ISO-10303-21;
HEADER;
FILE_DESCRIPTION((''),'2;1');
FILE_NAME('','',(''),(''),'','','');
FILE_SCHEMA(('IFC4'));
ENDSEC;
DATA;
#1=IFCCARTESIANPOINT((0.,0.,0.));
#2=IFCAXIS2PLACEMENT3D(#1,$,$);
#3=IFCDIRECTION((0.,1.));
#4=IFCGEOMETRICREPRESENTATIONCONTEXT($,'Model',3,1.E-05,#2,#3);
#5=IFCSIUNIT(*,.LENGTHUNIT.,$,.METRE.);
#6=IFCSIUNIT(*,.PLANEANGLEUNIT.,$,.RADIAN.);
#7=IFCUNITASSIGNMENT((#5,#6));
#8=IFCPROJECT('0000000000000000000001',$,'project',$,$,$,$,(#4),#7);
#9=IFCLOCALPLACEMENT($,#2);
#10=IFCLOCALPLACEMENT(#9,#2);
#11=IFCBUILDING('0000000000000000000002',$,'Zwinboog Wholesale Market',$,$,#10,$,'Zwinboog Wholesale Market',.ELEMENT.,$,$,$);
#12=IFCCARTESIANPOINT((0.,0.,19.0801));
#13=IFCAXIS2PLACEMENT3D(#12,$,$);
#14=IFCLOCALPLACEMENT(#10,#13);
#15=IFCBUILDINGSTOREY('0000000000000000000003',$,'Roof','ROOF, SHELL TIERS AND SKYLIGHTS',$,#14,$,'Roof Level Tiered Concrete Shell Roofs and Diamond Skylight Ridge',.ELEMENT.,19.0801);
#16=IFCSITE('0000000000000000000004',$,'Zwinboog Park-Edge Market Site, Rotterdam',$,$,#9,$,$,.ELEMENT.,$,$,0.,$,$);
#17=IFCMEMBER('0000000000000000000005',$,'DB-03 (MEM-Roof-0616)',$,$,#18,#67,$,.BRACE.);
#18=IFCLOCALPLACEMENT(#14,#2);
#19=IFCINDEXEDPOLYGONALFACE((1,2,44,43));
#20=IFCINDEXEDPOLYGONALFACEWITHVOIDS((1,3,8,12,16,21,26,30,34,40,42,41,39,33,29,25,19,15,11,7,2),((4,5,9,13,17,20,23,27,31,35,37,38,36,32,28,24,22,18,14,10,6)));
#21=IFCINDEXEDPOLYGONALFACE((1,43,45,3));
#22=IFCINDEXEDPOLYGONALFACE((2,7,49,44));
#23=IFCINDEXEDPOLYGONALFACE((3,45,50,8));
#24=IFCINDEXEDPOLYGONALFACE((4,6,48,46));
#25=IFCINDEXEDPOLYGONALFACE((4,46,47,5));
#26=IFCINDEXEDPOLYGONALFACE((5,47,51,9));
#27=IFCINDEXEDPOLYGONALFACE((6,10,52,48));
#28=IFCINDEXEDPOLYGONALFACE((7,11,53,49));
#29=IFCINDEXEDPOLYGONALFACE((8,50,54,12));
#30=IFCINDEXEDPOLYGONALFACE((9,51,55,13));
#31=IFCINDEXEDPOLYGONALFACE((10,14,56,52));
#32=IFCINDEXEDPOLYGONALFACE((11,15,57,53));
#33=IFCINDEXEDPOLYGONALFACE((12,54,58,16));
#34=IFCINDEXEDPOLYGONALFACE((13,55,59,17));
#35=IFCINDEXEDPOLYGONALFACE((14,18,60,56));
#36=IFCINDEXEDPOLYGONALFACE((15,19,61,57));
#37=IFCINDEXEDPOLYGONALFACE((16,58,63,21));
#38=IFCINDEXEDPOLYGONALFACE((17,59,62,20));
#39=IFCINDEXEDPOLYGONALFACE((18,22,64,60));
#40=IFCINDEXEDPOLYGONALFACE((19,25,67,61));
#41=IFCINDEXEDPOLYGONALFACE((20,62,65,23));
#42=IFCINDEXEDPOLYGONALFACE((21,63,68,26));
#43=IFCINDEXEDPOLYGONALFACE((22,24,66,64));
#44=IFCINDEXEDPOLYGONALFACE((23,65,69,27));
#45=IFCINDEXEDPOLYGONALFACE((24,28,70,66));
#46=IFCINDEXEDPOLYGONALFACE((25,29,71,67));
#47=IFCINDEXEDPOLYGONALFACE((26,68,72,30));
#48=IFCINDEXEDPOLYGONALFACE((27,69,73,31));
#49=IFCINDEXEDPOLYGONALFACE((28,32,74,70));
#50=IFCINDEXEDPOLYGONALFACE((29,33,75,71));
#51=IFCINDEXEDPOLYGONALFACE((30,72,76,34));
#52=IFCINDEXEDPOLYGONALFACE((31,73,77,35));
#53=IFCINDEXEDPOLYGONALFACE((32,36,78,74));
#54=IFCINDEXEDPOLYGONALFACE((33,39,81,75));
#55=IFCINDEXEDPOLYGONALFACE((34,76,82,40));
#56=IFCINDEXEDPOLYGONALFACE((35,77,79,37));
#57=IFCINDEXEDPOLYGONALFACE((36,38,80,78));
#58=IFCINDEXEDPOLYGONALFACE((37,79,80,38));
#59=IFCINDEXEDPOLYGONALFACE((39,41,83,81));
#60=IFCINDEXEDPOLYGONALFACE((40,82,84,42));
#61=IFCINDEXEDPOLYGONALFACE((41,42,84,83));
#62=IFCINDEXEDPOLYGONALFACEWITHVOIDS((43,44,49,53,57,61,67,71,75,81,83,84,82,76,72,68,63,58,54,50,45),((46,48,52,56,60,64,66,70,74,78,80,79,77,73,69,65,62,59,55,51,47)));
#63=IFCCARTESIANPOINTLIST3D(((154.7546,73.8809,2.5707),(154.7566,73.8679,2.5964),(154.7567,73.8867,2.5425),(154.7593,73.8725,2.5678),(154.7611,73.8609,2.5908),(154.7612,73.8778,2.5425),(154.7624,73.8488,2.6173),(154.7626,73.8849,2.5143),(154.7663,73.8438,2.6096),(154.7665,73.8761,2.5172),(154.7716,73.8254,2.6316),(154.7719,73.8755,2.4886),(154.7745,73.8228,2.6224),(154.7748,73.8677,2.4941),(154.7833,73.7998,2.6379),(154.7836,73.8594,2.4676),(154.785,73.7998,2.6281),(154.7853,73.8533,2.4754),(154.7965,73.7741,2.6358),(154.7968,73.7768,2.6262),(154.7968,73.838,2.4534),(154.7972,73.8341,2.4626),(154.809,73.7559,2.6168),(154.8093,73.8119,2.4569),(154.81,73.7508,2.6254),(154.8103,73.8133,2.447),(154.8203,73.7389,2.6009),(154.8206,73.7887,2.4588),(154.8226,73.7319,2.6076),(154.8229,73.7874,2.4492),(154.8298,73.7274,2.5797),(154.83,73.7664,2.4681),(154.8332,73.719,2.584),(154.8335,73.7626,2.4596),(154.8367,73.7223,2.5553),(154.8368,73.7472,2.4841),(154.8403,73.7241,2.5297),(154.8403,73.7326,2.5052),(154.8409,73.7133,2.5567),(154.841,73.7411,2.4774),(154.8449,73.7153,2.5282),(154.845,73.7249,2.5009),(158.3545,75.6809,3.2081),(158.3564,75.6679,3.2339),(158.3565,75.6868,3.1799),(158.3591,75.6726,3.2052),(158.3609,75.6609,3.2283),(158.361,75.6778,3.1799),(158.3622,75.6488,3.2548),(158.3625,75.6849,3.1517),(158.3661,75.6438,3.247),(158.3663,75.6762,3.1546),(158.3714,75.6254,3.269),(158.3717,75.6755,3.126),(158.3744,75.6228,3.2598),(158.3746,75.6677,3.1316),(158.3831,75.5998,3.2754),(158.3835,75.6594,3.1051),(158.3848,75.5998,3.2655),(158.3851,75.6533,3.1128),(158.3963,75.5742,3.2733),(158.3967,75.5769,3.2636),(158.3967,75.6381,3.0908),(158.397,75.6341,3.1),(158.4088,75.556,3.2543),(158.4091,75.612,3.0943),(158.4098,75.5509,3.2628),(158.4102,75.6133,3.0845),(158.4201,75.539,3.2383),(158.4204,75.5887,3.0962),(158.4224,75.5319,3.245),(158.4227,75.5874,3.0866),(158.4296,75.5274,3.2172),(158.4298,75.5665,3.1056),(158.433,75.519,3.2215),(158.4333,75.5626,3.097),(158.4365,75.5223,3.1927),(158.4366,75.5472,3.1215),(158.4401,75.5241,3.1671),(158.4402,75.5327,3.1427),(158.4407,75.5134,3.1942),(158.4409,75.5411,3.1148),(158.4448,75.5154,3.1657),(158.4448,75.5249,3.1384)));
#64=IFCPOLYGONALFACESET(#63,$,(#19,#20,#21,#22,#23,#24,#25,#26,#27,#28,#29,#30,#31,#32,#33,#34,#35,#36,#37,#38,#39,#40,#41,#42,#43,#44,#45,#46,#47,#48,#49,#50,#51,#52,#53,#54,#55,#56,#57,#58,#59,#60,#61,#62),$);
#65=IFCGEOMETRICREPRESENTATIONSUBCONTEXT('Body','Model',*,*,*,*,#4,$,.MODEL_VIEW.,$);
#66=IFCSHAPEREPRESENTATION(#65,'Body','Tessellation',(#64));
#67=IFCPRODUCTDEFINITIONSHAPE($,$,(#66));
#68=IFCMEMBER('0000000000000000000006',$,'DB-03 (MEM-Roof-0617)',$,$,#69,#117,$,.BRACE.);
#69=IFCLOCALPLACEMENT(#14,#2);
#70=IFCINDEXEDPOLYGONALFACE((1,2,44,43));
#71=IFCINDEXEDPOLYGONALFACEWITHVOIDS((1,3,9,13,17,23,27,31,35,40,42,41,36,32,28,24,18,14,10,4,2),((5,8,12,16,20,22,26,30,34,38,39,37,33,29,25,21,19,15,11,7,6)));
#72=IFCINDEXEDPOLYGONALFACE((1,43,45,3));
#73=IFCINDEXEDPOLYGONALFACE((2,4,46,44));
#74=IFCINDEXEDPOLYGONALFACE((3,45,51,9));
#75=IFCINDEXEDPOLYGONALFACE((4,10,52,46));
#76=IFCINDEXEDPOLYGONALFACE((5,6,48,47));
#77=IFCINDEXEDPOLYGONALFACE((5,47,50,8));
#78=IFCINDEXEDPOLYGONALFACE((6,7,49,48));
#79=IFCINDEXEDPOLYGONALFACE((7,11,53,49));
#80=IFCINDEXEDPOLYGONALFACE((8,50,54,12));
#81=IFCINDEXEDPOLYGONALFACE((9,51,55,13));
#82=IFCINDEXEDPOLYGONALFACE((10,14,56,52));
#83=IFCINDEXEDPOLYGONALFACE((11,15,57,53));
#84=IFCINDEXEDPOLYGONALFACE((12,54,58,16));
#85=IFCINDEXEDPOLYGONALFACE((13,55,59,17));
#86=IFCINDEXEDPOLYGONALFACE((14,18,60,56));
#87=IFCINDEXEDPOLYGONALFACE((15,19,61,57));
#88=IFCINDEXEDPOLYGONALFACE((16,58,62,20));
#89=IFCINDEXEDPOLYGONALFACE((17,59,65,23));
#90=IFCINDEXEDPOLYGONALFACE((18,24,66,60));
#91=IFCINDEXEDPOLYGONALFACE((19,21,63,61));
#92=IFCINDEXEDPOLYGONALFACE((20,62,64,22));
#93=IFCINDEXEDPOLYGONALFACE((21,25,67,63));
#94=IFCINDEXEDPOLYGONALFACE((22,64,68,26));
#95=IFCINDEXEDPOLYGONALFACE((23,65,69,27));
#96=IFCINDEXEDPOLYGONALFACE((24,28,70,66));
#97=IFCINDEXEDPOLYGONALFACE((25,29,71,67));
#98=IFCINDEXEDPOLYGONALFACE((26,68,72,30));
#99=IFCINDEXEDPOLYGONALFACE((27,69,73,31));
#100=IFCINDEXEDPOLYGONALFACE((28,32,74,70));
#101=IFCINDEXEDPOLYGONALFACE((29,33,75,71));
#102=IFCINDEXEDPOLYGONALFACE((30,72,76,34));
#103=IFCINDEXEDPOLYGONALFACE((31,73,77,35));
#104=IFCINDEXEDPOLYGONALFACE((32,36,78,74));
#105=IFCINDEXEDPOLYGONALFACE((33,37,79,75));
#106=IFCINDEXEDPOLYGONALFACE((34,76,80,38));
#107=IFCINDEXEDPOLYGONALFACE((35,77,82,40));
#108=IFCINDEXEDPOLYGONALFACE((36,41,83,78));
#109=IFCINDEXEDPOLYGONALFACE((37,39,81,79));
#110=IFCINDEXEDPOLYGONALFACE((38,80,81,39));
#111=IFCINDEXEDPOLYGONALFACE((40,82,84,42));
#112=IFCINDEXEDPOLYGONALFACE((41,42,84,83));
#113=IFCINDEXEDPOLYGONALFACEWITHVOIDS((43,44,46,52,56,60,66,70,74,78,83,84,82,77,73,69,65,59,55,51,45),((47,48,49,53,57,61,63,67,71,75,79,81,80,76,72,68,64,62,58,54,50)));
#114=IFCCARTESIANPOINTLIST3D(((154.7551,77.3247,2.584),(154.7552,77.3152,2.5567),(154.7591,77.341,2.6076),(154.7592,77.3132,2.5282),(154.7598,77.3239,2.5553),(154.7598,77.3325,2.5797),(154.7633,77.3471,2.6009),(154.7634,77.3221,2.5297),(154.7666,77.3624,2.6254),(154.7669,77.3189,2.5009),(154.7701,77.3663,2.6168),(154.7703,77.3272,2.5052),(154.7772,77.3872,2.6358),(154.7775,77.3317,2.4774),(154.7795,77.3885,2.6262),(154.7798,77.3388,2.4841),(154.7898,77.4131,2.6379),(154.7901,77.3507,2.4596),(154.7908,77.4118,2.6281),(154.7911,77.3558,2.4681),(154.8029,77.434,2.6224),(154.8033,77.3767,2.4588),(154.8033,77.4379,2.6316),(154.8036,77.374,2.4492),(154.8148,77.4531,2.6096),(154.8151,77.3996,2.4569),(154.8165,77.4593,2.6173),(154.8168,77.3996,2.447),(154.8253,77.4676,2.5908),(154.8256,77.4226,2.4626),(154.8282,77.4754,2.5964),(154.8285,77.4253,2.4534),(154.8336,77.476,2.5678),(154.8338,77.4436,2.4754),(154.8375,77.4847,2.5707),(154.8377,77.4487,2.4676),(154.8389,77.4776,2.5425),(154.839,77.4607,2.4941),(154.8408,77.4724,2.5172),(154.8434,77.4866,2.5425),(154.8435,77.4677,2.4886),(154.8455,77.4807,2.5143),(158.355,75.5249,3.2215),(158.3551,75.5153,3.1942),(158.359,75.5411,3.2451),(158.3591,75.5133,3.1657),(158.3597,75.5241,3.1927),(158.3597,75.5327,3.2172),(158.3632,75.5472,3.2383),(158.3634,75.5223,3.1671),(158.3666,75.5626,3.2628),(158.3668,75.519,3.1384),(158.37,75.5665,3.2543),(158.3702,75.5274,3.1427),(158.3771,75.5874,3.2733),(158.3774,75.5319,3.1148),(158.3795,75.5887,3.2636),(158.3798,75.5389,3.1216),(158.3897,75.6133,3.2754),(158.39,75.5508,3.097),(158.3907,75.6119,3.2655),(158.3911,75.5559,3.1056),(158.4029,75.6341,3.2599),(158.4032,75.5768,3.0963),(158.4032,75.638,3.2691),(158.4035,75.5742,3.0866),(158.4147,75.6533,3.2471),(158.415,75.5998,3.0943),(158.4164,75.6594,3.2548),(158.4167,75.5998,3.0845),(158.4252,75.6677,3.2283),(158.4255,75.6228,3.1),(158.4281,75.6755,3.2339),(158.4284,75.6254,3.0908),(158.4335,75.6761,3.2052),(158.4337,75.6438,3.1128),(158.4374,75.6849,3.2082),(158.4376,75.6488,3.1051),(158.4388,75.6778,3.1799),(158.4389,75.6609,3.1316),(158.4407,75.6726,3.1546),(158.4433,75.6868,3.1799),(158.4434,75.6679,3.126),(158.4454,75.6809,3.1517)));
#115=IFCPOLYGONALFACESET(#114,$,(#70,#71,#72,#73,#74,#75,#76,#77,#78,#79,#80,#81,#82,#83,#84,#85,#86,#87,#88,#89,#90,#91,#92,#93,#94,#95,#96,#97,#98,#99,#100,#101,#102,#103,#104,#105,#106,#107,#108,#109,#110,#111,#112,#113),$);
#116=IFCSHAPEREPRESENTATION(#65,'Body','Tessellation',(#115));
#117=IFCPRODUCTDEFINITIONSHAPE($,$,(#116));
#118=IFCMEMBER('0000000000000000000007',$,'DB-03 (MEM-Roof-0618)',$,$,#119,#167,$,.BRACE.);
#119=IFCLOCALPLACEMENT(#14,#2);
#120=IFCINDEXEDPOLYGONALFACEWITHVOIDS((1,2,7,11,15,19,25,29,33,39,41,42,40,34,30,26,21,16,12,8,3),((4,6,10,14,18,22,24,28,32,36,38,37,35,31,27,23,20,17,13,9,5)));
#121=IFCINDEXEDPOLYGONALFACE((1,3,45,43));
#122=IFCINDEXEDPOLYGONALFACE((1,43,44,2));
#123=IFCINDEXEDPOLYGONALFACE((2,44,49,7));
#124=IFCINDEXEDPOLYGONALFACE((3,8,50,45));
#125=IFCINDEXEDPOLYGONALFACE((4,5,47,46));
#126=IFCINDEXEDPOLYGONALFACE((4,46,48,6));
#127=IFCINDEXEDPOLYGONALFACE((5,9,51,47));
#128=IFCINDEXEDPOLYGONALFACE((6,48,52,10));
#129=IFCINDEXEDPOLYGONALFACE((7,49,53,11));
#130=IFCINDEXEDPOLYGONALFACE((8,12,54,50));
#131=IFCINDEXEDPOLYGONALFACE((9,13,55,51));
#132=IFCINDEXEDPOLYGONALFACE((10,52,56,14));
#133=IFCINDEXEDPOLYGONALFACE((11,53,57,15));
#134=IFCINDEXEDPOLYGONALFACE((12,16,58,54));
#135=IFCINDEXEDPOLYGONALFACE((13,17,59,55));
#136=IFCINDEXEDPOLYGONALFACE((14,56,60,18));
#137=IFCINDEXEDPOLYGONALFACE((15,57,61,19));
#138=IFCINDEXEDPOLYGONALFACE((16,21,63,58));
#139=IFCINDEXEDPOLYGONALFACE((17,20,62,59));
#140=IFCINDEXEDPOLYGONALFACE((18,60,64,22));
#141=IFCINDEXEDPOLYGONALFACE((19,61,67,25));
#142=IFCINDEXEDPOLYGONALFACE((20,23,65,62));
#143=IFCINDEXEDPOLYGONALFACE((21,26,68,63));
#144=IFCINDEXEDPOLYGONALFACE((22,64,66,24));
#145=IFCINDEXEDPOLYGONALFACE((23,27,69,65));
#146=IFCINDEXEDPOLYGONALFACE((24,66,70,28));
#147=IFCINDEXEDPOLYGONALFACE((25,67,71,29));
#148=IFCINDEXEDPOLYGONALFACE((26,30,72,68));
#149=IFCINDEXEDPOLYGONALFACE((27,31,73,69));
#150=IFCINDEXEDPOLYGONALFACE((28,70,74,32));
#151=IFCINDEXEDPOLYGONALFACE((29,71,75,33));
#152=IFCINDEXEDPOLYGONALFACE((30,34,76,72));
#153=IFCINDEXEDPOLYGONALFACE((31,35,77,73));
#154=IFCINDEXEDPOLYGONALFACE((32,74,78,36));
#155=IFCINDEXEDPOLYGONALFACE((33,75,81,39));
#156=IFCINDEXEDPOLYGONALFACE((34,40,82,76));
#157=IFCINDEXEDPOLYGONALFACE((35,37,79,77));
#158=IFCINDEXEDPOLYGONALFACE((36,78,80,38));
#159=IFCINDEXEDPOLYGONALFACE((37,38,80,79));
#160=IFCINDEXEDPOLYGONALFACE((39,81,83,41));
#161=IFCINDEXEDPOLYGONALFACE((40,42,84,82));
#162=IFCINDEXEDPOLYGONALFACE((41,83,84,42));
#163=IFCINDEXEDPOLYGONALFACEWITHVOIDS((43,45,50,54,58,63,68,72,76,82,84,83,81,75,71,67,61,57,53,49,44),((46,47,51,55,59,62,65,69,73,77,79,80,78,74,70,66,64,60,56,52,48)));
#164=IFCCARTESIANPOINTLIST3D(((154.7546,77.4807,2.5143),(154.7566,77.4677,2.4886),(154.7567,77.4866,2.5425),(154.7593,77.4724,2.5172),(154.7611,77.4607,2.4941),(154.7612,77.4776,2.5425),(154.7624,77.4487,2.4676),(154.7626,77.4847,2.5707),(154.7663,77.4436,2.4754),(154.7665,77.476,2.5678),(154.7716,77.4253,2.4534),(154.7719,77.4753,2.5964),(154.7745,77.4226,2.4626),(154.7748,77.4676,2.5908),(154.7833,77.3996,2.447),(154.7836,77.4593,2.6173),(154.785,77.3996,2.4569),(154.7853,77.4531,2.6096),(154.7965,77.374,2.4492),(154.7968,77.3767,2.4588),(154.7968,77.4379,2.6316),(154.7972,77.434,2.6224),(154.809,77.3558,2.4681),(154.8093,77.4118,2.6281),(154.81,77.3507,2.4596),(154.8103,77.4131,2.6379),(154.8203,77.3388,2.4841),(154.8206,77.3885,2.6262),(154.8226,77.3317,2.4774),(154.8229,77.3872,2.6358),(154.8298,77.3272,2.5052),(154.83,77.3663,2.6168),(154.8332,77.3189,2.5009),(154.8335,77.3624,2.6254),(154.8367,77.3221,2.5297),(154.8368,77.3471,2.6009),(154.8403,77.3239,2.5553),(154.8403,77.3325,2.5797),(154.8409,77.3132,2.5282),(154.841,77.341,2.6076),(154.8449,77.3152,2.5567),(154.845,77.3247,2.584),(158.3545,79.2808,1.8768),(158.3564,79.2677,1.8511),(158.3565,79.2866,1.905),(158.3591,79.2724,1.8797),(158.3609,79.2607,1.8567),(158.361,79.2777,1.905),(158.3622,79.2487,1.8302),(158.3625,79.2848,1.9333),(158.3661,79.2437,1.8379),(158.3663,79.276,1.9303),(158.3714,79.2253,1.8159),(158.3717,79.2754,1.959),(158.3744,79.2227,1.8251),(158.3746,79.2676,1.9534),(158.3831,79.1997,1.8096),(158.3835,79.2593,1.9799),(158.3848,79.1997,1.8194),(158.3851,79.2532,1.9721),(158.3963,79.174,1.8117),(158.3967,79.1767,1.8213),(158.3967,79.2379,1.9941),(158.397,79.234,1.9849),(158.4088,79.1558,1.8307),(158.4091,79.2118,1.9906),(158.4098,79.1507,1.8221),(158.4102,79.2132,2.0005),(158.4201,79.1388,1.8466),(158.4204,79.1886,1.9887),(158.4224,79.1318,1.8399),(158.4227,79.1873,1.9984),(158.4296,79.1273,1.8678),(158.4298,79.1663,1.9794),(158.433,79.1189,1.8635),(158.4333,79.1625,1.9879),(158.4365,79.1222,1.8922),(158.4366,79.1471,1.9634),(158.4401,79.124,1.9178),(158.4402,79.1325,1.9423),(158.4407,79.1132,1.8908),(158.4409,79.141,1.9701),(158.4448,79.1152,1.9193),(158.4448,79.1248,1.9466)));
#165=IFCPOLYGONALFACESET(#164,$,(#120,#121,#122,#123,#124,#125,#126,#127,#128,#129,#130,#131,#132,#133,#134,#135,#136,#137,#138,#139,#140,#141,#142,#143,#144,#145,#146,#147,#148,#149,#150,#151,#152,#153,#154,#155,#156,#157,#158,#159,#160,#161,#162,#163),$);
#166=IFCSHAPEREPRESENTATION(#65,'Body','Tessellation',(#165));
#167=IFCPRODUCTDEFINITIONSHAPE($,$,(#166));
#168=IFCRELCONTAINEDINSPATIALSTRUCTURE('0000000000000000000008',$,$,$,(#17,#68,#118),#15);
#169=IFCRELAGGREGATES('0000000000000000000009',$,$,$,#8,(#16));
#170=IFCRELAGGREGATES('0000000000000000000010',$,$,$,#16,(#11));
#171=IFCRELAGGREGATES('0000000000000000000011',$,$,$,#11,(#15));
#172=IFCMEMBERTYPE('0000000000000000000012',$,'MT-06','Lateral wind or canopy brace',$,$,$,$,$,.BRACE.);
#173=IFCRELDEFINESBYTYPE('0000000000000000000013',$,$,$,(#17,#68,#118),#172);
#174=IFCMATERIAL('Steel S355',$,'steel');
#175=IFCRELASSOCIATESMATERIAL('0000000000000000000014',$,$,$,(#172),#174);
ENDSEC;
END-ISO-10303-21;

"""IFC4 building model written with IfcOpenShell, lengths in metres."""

from ifc_helpers import new_model, si_unit, direction, frame, origin, origin_2d, place, context, subcontext, project, spatial, hollow_circle, extrude, material, material_profile, profile_set, type_object, element, save


model = new_model("IFC4")

# Units and contexts
model_context = context("Model", 3, precision=1e-05, world=origin(), true_north=direction((0.0, 1.0)))
body_context = subcontext(model_context, "Body", "Model", "MODEL_VIEW")
ifc_project = project(units=[si_unit("LENGTHUNIT", "METRE"), si_unit("PLANEANGLEUNIT", "RADIAN")], contexts=[model_context])

# Site, building, storey
site_placement = place(None, origin())
site = spatial("IfcSite", under=ifc_project, at=site_placement, Name="Zwinboog Park-Edge Market Site, Rotterdam", CompositionType="ELEMENT", RefElevation=0.0)
building_placement = place(site_placement, origin())
building = spatial("IfcBuilding", under=site, at=building_placement, Name="Zwinboog Wholesale Market", LongName="Zwinboog Wholesale Market", CompositionType="ELEMENT")
storey_placement = place(building_placement, frame((0.0, 0.0, 19.0801)))
storey = spatial("IfcBuildingStorey", under=building, at=storey_placement, Name="Roof", Description="ROOF, SHELL TIERS AND SKYLIGHTS", LongName="Roof Level Tiered Concrete Shell Roofs and Diamond Skylight Ridge", CompositionType="ELEMENT", Elevation=19.0801)

# Members
ifc_material_1 = material(Name="Steel S355", Category="steel")
ifc_material_profile_1 = material_profile(ifc_material_1, hollow_circle(Radius=0.0969, WallThickness=0.01, at=origin_2d()), Name="CHS 193.7x10")
ifc_profile_set_1 = profile_set([ifc_material_profile_1], Name="Steel S355")
member_type_1 = type_object("IfcMemberType", Name="MT-06", Description="Lateral wind or canopy brace", PredefinedType="BRACE", material=ifc_profile_set_1)
for number, where, z_axis, x_axis, name in (
    (1, (154.8, 73.8, 2.5425), (0.883404, 0.441732, 0.15643), (-0.447238, 0.894415, 0.0), "DB-03 (MEM-Roof-0616)"),
    (2, (154.8, 77.3999, 2.5425), (0.883427, -0.441684, 0.156435), (0.447189, 0.894439, 0.0), "DB-03 (MEM-Roof-0617)"),
    (3, (154.8, 77.3999, 2.5425), (0.883404, 0.441732, -0.15643), (-0.447238, 0.894415, 0.0), "DB-03 (MEM-Roof-0618)"),
):
    element("IfcMember", number, at=place(storey_placement, frame(where, z_axis=z_axis, x_axis=x_axis)), inside=storey, type_object=member_type_1, Name=name, PredefinedType="BRACE", context=body_context, shape_type="SweptSolid", body=[
        extrude(hollow_circle(Radius=0.0969, WallThickness=0.01, at=origin_2d()), origin(), (0.0, 0.0, 1.0), 4.075),
    ])

save(model, "model.ifc")
